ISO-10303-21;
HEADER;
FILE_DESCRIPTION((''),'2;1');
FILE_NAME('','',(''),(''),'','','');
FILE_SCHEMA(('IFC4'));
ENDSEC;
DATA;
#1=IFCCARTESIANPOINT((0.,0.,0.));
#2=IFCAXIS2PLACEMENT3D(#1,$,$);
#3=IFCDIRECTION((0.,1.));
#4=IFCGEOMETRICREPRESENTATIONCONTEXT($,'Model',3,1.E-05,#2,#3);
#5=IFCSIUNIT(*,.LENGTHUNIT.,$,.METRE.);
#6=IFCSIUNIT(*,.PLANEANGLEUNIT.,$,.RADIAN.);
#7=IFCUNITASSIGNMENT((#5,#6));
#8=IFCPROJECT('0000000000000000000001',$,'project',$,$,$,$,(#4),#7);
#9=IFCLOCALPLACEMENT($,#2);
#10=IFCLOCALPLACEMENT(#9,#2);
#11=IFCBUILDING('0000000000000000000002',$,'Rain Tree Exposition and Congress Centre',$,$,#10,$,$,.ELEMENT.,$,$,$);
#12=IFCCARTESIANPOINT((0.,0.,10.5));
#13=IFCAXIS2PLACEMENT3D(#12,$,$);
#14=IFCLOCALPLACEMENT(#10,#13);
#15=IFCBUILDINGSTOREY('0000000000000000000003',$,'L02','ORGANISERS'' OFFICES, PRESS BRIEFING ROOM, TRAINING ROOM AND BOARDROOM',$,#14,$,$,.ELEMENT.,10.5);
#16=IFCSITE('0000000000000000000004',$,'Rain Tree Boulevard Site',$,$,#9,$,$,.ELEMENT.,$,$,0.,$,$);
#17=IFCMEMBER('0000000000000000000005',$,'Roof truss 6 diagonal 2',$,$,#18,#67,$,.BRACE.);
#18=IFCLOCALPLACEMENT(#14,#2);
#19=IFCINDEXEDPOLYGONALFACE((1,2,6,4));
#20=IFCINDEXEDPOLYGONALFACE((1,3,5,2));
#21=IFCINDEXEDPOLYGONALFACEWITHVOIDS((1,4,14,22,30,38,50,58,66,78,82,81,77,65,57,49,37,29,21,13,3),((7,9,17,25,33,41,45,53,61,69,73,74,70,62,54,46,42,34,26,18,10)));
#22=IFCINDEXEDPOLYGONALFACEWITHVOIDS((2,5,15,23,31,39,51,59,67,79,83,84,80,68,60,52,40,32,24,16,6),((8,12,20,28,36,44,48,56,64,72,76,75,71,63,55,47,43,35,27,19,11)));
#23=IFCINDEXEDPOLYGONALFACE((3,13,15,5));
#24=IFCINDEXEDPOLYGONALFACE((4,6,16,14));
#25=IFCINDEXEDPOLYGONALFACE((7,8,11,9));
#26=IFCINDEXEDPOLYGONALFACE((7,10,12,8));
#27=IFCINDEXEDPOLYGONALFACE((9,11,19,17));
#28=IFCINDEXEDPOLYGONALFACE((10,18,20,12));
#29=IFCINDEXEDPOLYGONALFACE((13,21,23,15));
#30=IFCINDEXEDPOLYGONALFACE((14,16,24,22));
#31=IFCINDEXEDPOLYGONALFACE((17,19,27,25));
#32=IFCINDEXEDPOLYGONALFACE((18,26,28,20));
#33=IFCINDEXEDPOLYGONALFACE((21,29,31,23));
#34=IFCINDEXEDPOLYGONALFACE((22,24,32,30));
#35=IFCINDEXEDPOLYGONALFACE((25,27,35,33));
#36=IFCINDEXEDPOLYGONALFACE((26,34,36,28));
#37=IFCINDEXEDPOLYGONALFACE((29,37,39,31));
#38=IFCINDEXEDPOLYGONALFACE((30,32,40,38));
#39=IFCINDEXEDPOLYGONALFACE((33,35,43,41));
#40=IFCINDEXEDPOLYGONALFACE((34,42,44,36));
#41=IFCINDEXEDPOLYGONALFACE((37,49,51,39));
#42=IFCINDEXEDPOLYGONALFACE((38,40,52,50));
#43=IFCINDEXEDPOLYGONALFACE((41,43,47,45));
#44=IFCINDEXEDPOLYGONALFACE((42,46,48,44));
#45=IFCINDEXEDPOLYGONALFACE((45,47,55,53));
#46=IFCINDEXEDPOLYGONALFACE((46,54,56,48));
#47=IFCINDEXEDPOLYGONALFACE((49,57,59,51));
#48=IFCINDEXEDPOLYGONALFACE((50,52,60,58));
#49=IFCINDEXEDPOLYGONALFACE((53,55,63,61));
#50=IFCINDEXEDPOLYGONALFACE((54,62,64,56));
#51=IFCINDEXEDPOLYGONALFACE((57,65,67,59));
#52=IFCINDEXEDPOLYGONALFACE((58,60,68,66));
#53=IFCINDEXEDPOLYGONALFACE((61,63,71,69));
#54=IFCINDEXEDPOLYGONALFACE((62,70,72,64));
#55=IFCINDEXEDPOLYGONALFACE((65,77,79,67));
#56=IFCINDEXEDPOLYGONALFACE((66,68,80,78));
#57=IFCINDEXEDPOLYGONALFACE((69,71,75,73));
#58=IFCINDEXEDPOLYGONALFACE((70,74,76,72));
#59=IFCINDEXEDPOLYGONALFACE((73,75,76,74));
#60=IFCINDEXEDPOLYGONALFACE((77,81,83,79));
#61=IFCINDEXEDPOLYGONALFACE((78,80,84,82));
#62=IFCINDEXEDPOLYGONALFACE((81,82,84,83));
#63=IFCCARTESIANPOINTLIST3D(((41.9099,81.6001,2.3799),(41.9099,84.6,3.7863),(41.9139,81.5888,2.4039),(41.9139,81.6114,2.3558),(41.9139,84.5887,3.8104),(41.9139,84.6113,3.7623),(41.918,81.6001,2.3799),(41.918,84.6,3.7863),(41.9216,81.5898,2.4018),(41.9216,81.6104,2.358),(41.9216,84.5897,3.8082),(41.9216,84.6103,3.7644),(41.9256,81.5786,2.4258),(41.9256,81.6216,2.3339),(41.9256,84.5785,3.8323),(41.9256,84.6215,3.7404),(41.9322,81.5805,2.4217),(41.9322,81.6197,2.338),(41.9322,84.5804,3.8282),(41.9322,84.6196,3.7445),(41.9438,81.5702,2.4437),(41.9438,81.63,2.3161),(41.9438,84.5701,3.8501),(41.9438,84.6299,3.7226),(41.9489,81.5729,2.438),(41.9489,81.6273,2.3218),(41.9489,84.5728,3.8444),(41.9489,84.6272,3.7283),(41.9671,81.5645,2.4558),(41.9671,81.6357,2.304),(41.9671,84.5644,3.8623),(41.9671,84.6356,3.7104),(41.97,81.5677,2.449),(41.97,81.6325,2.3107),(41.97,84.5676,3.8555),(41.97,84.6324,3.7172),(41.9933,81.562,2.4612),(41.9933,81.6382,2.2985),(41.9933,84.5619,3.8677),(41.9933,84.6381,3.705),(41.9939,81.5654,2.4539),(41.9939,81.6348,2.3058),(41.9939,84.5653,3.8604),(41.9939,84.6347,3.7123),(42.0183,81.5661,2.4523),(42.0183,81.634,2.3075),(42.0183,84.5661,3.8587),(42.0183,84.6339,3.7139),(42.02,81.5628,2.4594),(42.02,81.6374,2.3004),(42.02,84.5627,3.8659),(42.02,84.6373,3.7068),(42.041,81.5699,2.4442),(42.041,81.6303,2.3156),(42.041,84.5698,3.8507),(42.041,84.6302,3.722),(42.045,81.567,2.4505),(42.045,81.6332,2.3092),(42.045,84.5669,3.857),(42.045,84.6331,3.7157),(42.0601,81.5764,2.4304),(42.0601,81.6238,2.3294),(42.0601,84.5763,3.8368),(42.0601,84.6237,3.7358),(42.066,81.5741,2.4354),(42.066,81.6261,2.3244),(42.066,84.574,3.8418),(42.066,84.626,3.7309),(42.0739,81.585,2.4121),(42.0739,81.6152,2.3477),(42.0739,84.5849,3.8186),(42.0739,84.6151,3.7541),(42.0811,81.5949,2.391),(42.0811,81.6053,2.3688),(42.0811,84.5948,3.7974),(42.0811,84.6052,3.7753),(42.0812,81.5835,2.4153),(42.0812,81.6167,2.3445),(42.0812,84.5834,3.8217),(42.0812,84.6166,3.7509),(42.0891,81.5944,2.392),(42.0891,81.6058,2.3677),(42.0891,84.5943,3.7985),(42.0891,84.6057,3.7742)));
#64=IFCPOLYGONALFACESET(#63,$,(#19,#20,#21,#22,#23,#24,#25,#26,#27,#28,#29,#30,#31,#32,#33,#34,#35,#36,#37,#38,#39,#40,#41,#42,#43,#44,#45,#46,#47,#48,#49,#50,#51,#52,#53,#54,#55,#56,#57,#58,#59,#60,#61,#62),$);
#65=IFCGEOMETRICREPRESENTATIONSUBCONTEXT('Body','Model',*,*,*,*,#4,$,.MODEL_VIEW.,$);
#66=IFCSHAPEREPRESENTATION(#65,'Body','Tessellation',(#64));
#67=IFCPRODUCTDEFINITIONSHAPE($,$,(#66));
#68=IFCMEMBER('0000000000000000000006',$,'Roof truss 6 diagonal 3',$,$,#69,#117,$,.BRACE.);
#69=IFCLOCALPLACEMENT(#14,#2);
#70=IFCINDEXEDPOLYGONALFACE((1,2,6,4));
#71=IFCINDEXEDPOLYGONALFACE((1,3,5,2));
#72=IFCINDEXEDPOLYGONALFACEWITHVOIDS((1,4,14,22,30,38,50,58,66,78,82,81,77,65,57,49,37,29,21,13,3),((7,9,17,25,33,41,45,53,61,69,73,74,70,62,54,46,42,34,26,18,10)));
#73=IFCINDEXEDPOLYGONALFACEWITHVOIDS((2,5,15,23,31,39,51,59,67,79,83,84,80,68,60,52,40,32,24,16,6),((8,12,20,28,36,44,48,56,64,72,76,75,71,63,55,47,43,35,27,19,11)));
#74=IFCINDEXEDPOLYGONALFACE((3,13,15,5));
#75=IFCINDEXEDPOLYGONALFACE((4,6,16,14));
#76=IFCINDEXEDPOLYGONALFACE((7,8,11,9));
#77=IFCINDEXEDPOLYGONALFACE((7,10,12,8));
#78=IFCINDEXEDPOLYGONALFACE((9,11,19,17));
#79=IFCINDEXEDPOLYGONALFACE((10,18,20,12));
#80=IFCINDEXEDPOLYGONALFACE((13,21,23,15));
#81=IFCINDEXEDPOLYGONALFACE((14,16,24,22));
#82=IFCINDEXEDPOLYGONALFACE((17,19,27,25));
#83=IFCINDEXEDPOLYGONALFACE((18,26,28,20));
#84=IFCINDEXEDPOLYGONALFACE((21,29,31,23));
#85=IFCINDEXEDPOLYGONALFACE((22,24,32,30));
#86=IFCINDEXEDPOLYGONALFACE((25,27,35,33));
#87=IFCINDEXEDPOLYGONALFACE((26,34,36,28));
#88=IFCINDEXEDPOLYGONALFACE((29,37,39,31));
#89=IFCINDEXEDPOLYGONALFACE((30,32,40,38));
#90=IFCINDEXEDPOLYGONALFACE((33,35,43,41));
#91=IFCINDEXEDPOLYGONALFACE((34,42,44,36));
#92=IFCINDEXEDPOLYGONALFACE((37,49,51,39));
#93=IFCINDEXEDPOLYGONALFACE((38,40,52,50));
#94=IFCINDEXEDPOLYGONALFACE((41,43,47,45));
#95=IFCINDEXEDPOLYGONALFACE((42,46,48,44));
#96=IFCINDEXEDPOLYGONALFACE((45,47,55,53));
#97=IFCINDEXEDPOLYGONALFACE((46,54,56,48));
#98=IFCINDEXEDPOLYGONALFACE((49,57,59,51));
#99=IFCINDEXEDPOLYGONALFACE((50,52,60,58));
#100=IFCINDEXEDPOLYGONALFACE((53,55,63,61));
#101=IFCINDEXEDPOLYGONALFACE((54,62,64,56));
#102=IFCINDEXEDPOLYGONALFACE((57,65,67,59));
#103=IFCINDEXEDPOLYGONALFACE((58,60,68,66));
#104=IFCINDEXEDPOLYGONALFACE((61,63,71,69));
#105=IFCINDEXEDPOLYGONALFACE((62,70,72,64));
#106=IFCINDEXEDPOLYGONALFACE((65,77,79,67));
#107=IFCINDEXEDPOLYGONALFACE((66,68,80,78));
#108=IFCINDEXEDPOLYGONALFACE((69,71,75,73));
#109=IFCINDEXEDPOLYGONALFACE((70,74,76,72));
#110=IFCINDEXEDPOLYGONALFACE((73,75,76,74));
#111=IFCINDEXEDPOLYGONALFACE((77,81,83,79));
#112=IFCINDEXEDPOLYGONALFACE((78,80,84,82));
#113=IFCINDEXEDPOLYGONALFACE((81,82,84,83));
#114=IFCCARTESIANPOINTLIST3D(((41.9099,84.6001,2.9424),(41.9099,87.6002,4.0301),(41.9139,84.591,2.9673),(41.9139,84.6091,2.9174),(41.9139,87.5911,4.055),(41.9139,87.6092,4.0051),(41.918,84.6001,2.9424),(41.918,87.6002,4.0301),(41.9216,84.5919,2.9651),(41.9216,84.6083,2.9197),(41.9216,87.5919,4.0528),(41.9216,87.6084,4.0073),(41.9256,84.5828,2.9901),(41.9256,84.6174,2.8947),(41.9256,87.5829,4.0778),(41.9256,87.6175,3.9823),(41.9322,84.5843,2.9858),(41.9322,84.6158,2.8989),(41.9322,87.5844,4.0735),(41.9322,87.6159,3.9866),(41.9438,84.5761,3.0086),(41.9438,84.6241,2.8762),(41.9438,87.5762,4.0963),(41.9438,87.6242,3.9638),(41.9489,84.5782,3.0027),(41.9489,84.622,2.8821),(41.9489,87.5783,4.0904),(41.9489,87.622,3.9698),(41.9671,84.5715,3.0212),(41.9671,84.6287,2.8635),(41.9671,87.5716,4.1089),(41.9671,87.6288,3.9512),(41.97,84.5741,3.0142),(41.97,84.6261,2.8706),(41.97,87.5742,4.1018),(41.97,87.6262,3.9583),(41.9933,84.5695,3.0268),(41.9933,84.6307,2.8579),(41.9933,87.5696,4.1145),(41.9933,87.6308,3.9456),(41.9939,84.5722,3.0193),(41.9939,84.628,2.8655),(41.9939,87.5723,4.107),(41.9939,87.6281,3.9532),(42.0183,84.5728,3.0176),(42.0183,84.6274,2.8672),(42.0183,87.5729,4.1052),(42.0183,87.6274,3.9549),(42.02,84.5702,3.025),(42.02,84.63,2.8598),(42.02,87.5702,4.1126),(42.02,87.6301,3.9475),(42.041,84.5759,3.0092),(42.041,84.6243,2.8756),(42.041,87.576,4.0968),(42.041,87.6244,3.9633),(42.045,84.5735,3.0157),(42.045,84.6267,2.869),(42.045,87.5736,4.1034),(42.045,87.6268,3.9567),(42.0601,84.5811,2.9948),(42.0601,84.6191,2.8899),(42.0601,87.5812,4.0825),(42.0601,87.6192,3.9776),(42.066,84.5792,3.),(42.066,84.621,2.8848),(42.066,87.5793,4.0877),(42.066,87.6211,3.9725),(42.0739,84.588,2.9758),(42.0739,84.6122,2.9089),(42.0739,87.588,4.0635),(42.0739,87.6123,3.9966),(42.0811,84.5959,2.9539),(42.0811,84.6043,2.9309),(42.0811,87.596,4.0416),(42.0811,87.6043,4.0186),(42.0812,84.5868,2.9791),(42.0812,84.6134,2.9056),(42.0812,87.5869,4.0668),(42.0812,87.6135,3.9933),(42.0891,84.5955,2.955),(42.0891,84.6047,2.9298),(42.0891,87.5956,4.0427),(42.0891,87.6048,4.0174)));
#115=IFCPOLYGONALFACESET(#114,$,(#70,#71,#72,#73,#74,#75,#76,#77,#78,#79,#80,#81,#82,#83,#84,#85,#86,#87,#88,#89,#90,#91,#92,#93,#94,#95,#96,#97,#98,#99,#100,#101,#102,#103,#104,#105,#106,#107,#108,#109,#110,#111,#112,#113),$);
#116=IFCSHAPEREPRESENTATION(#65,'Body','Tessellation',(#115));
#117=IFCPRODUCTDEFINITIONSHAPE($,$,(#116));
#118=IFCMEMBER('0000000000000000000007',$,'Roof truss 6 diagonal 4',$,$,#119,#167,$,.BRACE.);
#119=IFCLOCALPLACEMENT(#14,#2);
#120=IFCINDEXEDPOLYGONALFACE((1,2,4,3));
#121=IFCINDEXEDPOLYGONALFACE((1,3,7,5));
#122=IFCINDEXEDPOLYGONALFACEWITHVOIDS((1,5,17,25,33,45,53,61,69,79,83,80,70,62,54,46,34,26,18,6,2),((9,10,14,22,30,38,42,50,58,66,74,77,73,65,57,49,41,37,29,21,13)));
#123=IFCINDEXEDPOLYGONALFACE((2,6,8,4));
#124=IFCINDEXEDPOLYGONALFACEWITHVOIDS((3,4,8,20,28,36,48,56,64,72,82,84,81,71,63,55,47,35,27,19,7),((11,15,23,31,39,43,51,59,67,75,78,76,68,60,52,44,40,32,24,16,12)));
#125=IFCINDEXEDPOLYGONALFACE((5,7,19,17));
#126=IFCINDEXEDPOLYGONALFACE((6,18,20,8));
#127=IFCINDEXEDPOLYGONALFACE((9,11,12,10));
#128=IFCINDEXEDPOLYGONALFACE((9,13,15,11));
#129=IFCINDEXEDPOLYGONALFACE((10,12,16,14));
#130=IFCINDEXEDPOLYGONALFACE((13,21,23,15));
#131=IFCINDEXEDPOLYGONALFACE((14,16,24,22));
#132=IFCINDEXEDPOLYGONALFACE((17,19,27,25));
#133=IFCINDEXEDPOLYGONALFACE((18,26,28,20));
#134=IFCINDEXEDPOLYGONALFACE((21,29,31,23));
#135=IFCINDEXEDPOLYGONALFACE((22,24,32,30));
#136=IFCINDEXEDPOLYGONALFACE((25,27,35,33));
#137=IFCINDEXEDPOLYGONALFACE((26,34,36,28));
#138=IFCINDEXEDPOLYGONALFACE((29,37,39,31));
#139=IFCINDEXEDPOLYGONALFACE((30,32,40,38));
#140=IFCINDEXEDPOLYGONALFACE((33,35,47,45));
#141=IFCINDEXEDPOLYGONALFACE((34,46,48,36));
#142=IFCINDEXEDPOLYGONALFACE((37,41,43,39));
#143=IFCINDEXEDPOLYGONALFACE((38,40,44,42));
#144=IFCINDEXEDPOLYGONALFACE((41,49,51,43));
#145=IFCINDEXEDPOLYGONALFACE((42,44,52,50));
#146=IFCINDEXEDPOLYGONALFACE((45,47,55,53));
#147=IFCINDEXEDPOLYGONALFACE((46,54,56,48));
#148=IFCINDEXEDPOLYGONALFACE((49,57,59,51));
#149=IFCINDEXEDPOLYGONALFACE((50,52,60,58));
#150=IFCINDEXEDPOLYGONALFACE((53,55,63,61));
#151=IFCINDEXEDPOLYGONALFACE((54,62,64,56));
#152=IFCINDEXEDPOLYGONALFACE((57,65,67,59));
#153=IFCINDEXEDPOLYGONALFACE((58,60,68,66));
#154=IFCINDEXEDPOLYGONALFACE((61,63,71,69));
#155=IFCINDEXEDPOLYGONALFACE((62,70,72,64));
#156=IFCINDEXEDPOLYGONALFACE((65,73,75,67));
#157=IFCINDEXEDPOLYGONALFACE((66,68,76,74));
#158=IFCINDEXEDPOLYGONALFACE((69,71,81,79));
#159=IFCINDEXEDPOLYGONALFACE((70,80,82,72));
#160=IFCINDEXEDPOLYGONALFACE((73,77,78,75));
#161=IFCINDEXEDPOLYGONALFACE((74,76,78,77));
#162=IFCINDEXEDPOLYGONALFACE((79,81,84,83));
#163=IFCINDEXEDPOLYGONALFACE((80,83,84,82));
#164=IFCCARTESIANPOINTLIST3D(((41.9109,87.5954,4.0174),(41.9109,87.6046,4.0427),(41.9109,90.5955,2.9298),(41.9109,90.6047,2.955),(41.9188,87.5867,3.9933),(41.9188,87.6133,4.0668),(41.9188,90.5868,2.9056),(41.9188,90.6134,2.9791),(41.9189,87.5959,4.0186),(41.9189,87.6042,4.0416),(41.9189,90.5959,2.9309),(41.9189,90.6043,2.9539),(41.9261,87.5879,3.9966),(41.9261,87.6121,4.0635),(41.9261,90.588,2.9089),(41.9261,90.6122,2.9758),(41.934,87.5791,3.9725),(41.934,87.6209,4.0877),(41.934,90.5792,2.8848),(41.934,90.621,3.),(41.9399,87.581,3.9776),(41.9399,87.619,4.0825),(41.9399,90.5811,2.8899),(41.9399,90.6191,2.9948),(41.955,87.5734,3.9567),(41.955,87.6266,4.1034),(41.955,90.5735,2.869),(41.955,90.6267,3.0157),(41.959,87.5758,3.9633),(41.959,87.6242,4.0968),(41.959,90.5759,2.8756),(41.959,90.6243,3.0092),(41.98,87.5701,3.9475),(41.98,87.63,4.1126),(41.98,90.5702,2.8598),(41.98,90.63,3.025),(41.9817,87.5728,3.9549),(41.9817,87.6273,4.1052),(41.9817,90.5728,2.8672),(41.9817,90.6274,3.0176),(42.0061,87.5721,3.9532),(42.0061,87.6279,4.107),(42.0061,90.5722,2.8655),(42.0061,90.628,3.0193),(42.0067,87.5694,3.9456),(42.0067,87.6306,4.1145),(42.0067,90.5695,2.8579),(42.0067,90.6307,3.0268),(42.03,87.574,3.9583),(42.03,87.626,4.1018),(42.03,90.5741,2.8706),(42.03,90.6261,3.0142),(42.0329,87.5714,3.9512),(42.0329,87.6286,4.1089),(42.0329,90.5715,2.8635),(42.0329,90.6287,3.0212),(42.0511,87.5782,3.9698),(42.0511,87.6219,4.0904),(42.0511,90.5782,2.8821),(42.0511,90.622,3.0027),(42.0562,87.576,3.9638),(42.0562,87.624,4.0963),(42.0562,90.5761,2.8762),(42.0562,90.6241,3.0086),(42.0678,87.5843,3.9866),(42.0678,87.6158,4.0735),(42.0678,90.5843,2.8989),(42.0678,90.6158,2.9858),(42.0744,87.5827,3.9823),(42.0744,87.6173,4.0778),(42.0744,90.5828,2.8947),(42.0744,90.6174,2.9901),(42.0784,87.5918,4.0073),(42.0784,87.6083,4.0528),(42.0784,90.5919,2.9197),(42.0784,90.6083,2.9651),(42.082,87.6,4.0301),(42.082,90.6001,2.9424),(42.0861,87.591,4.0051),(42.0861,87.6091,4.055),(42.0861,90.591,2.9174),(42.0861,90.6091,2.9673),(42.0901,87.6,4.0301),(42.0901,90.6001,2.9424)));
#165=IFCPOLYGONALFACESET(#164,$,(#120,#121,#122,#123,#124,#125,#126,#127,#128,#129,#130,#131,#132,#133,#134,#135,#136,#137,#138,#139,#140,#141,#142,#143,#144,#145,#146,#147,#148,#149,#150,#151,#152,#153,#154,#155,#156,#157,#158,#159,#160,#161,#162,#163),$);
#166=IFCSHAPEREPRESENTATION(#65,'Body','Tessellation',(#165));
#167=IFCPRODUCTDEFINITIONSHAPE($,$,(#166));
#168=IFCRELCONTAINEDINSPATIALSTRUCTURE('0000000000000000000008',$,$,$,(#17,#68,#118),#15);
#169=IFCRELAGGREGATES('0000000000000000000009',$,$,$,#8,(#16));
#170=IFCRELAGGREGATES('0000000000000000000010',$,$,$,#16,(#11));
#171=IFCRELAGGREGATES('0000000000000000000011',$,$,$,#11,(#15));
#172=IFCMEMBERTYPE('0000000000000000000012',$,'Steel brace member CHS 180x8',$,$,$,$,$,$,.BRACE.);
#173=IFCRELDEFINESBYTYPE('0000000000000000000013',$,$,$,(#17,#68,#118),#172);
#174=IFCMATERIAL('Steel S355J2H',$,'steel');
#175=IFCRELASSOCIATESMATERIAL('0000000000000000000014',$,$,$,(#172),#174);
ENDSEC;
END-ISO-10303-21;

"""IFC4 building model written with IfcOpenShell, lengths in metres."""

from ifc_helpers import new_model, si_unit, direction, frame, origin, origin_2d, place, context, subcontext, project, spatial, hollow_circle, extrude, material, material_profile, profile_set, type_object, element, save


model = new_model("IFC4")

# Units and contexts
model_context = context("Model", 3, precision=1e-05, world=origin(), true_north=direction((0.0, 1.0)))
body_context = subcontext(model_context, "Body", "Model", "MODEL_VIEW")
ifc_project = project(units=[si_unit("LENGTHUNIT", "METRE"), si_unit("PLANEANGLEUNIT", "RADIAN")], contexts=[model_context])

# Site, building, storey
site_placement = place(None, origin())
site = spatial("IfcSite", under=ifc_project, at=site_placement, Name="Rain Tree Boulevard Site", CompositionType="ELEMENT", RefElevation=0.0)
building_placement = place(site_placement, origin())
building = spatial("IfcBuilding", under=site, at=building_placement, Name="Rain Tree Exposition and Congress Centre", CompositionType="ELEMENT")
storey_placement = place(building_placement, frame((0.0, 0.0, 10.5)))
storey = spatial("IfcBuildingStorey", under=building, at=storey_placement, Name="L02", Description="ORGANISERS' OFFICES, PRESS BRIEFING ROOM, TRAINING ROOM AND BOARDROOM", CompositionType="ELEMENT", Elevation=10.5)

# Members
ifc_material_1 = material(Name="Steel S355J2H", Category="steel")
ifc_material_profile_1 = material_profile(ifc_material_1, hollow_circle(Radius=0.0901, WallThickness=0.0081, at=origin_2d()), Name="CHS 180x8")
ifc_profile_set_1 = profile_set([ifc_material_profile_1], Name="Steel S355J2H")
member_type_1 = type_object("IfcMemberType", Name="Steel brace member CHS 180x8", PredefinedType="BRACE", material=ifc_profile_set_1)
member_1_placement = place(storey_placement, frame((42.0, 81.6001, 2.3799), z_axis=(0.0, 0.905431, 0.424494), x_axis=(-1.0, 0.0, 0.0)))
element("IfcMember", 1, at=member_1_placement, inside=storey, type_object=member_type_1, Name="Roof truss 6 diagonal 2", PredefinedType="BRACE", context=body_context, shape_type="SweptSolid", body=[
    extrude(hollow_circle(Radius=0.0901, WallThickness=0.0081, at=origin_2d()), origin(), (0.0, 0.0, 1.0), 3.3132),
])
for number, where, z_axis, x_axis, name in (
    (2, (42.0, 84.6001, 2.9424), (0.0, 0.940121, 0.34084), (-1.0, 0.0, 0.0), "Roof truss 6 diagonal 3"),
    (3, (42.0, 90.6001, 2.9424), (0.0, -0.940121, 0.34084), (1.0, 0.0, 0.0), "Roof truss 6 diagonal 4"),
):
    element("IfcMember", number, at=place(storey_placement, frame(where, z_axis=z_axis, x_axis=x_axis)), inside=storey, type_object=member_type_1, Name=name, PredefinedType="BRACE", context=body_context, shape_type="SweptSolid", body=[
        extrude(hollow_circle(Radius=0.0901, WallThickness=0.0081, at=origin_2d()), origin(), (0.0, 0.0, 1.0), 3.1912),
    ])

save(model, "model.ifc")
